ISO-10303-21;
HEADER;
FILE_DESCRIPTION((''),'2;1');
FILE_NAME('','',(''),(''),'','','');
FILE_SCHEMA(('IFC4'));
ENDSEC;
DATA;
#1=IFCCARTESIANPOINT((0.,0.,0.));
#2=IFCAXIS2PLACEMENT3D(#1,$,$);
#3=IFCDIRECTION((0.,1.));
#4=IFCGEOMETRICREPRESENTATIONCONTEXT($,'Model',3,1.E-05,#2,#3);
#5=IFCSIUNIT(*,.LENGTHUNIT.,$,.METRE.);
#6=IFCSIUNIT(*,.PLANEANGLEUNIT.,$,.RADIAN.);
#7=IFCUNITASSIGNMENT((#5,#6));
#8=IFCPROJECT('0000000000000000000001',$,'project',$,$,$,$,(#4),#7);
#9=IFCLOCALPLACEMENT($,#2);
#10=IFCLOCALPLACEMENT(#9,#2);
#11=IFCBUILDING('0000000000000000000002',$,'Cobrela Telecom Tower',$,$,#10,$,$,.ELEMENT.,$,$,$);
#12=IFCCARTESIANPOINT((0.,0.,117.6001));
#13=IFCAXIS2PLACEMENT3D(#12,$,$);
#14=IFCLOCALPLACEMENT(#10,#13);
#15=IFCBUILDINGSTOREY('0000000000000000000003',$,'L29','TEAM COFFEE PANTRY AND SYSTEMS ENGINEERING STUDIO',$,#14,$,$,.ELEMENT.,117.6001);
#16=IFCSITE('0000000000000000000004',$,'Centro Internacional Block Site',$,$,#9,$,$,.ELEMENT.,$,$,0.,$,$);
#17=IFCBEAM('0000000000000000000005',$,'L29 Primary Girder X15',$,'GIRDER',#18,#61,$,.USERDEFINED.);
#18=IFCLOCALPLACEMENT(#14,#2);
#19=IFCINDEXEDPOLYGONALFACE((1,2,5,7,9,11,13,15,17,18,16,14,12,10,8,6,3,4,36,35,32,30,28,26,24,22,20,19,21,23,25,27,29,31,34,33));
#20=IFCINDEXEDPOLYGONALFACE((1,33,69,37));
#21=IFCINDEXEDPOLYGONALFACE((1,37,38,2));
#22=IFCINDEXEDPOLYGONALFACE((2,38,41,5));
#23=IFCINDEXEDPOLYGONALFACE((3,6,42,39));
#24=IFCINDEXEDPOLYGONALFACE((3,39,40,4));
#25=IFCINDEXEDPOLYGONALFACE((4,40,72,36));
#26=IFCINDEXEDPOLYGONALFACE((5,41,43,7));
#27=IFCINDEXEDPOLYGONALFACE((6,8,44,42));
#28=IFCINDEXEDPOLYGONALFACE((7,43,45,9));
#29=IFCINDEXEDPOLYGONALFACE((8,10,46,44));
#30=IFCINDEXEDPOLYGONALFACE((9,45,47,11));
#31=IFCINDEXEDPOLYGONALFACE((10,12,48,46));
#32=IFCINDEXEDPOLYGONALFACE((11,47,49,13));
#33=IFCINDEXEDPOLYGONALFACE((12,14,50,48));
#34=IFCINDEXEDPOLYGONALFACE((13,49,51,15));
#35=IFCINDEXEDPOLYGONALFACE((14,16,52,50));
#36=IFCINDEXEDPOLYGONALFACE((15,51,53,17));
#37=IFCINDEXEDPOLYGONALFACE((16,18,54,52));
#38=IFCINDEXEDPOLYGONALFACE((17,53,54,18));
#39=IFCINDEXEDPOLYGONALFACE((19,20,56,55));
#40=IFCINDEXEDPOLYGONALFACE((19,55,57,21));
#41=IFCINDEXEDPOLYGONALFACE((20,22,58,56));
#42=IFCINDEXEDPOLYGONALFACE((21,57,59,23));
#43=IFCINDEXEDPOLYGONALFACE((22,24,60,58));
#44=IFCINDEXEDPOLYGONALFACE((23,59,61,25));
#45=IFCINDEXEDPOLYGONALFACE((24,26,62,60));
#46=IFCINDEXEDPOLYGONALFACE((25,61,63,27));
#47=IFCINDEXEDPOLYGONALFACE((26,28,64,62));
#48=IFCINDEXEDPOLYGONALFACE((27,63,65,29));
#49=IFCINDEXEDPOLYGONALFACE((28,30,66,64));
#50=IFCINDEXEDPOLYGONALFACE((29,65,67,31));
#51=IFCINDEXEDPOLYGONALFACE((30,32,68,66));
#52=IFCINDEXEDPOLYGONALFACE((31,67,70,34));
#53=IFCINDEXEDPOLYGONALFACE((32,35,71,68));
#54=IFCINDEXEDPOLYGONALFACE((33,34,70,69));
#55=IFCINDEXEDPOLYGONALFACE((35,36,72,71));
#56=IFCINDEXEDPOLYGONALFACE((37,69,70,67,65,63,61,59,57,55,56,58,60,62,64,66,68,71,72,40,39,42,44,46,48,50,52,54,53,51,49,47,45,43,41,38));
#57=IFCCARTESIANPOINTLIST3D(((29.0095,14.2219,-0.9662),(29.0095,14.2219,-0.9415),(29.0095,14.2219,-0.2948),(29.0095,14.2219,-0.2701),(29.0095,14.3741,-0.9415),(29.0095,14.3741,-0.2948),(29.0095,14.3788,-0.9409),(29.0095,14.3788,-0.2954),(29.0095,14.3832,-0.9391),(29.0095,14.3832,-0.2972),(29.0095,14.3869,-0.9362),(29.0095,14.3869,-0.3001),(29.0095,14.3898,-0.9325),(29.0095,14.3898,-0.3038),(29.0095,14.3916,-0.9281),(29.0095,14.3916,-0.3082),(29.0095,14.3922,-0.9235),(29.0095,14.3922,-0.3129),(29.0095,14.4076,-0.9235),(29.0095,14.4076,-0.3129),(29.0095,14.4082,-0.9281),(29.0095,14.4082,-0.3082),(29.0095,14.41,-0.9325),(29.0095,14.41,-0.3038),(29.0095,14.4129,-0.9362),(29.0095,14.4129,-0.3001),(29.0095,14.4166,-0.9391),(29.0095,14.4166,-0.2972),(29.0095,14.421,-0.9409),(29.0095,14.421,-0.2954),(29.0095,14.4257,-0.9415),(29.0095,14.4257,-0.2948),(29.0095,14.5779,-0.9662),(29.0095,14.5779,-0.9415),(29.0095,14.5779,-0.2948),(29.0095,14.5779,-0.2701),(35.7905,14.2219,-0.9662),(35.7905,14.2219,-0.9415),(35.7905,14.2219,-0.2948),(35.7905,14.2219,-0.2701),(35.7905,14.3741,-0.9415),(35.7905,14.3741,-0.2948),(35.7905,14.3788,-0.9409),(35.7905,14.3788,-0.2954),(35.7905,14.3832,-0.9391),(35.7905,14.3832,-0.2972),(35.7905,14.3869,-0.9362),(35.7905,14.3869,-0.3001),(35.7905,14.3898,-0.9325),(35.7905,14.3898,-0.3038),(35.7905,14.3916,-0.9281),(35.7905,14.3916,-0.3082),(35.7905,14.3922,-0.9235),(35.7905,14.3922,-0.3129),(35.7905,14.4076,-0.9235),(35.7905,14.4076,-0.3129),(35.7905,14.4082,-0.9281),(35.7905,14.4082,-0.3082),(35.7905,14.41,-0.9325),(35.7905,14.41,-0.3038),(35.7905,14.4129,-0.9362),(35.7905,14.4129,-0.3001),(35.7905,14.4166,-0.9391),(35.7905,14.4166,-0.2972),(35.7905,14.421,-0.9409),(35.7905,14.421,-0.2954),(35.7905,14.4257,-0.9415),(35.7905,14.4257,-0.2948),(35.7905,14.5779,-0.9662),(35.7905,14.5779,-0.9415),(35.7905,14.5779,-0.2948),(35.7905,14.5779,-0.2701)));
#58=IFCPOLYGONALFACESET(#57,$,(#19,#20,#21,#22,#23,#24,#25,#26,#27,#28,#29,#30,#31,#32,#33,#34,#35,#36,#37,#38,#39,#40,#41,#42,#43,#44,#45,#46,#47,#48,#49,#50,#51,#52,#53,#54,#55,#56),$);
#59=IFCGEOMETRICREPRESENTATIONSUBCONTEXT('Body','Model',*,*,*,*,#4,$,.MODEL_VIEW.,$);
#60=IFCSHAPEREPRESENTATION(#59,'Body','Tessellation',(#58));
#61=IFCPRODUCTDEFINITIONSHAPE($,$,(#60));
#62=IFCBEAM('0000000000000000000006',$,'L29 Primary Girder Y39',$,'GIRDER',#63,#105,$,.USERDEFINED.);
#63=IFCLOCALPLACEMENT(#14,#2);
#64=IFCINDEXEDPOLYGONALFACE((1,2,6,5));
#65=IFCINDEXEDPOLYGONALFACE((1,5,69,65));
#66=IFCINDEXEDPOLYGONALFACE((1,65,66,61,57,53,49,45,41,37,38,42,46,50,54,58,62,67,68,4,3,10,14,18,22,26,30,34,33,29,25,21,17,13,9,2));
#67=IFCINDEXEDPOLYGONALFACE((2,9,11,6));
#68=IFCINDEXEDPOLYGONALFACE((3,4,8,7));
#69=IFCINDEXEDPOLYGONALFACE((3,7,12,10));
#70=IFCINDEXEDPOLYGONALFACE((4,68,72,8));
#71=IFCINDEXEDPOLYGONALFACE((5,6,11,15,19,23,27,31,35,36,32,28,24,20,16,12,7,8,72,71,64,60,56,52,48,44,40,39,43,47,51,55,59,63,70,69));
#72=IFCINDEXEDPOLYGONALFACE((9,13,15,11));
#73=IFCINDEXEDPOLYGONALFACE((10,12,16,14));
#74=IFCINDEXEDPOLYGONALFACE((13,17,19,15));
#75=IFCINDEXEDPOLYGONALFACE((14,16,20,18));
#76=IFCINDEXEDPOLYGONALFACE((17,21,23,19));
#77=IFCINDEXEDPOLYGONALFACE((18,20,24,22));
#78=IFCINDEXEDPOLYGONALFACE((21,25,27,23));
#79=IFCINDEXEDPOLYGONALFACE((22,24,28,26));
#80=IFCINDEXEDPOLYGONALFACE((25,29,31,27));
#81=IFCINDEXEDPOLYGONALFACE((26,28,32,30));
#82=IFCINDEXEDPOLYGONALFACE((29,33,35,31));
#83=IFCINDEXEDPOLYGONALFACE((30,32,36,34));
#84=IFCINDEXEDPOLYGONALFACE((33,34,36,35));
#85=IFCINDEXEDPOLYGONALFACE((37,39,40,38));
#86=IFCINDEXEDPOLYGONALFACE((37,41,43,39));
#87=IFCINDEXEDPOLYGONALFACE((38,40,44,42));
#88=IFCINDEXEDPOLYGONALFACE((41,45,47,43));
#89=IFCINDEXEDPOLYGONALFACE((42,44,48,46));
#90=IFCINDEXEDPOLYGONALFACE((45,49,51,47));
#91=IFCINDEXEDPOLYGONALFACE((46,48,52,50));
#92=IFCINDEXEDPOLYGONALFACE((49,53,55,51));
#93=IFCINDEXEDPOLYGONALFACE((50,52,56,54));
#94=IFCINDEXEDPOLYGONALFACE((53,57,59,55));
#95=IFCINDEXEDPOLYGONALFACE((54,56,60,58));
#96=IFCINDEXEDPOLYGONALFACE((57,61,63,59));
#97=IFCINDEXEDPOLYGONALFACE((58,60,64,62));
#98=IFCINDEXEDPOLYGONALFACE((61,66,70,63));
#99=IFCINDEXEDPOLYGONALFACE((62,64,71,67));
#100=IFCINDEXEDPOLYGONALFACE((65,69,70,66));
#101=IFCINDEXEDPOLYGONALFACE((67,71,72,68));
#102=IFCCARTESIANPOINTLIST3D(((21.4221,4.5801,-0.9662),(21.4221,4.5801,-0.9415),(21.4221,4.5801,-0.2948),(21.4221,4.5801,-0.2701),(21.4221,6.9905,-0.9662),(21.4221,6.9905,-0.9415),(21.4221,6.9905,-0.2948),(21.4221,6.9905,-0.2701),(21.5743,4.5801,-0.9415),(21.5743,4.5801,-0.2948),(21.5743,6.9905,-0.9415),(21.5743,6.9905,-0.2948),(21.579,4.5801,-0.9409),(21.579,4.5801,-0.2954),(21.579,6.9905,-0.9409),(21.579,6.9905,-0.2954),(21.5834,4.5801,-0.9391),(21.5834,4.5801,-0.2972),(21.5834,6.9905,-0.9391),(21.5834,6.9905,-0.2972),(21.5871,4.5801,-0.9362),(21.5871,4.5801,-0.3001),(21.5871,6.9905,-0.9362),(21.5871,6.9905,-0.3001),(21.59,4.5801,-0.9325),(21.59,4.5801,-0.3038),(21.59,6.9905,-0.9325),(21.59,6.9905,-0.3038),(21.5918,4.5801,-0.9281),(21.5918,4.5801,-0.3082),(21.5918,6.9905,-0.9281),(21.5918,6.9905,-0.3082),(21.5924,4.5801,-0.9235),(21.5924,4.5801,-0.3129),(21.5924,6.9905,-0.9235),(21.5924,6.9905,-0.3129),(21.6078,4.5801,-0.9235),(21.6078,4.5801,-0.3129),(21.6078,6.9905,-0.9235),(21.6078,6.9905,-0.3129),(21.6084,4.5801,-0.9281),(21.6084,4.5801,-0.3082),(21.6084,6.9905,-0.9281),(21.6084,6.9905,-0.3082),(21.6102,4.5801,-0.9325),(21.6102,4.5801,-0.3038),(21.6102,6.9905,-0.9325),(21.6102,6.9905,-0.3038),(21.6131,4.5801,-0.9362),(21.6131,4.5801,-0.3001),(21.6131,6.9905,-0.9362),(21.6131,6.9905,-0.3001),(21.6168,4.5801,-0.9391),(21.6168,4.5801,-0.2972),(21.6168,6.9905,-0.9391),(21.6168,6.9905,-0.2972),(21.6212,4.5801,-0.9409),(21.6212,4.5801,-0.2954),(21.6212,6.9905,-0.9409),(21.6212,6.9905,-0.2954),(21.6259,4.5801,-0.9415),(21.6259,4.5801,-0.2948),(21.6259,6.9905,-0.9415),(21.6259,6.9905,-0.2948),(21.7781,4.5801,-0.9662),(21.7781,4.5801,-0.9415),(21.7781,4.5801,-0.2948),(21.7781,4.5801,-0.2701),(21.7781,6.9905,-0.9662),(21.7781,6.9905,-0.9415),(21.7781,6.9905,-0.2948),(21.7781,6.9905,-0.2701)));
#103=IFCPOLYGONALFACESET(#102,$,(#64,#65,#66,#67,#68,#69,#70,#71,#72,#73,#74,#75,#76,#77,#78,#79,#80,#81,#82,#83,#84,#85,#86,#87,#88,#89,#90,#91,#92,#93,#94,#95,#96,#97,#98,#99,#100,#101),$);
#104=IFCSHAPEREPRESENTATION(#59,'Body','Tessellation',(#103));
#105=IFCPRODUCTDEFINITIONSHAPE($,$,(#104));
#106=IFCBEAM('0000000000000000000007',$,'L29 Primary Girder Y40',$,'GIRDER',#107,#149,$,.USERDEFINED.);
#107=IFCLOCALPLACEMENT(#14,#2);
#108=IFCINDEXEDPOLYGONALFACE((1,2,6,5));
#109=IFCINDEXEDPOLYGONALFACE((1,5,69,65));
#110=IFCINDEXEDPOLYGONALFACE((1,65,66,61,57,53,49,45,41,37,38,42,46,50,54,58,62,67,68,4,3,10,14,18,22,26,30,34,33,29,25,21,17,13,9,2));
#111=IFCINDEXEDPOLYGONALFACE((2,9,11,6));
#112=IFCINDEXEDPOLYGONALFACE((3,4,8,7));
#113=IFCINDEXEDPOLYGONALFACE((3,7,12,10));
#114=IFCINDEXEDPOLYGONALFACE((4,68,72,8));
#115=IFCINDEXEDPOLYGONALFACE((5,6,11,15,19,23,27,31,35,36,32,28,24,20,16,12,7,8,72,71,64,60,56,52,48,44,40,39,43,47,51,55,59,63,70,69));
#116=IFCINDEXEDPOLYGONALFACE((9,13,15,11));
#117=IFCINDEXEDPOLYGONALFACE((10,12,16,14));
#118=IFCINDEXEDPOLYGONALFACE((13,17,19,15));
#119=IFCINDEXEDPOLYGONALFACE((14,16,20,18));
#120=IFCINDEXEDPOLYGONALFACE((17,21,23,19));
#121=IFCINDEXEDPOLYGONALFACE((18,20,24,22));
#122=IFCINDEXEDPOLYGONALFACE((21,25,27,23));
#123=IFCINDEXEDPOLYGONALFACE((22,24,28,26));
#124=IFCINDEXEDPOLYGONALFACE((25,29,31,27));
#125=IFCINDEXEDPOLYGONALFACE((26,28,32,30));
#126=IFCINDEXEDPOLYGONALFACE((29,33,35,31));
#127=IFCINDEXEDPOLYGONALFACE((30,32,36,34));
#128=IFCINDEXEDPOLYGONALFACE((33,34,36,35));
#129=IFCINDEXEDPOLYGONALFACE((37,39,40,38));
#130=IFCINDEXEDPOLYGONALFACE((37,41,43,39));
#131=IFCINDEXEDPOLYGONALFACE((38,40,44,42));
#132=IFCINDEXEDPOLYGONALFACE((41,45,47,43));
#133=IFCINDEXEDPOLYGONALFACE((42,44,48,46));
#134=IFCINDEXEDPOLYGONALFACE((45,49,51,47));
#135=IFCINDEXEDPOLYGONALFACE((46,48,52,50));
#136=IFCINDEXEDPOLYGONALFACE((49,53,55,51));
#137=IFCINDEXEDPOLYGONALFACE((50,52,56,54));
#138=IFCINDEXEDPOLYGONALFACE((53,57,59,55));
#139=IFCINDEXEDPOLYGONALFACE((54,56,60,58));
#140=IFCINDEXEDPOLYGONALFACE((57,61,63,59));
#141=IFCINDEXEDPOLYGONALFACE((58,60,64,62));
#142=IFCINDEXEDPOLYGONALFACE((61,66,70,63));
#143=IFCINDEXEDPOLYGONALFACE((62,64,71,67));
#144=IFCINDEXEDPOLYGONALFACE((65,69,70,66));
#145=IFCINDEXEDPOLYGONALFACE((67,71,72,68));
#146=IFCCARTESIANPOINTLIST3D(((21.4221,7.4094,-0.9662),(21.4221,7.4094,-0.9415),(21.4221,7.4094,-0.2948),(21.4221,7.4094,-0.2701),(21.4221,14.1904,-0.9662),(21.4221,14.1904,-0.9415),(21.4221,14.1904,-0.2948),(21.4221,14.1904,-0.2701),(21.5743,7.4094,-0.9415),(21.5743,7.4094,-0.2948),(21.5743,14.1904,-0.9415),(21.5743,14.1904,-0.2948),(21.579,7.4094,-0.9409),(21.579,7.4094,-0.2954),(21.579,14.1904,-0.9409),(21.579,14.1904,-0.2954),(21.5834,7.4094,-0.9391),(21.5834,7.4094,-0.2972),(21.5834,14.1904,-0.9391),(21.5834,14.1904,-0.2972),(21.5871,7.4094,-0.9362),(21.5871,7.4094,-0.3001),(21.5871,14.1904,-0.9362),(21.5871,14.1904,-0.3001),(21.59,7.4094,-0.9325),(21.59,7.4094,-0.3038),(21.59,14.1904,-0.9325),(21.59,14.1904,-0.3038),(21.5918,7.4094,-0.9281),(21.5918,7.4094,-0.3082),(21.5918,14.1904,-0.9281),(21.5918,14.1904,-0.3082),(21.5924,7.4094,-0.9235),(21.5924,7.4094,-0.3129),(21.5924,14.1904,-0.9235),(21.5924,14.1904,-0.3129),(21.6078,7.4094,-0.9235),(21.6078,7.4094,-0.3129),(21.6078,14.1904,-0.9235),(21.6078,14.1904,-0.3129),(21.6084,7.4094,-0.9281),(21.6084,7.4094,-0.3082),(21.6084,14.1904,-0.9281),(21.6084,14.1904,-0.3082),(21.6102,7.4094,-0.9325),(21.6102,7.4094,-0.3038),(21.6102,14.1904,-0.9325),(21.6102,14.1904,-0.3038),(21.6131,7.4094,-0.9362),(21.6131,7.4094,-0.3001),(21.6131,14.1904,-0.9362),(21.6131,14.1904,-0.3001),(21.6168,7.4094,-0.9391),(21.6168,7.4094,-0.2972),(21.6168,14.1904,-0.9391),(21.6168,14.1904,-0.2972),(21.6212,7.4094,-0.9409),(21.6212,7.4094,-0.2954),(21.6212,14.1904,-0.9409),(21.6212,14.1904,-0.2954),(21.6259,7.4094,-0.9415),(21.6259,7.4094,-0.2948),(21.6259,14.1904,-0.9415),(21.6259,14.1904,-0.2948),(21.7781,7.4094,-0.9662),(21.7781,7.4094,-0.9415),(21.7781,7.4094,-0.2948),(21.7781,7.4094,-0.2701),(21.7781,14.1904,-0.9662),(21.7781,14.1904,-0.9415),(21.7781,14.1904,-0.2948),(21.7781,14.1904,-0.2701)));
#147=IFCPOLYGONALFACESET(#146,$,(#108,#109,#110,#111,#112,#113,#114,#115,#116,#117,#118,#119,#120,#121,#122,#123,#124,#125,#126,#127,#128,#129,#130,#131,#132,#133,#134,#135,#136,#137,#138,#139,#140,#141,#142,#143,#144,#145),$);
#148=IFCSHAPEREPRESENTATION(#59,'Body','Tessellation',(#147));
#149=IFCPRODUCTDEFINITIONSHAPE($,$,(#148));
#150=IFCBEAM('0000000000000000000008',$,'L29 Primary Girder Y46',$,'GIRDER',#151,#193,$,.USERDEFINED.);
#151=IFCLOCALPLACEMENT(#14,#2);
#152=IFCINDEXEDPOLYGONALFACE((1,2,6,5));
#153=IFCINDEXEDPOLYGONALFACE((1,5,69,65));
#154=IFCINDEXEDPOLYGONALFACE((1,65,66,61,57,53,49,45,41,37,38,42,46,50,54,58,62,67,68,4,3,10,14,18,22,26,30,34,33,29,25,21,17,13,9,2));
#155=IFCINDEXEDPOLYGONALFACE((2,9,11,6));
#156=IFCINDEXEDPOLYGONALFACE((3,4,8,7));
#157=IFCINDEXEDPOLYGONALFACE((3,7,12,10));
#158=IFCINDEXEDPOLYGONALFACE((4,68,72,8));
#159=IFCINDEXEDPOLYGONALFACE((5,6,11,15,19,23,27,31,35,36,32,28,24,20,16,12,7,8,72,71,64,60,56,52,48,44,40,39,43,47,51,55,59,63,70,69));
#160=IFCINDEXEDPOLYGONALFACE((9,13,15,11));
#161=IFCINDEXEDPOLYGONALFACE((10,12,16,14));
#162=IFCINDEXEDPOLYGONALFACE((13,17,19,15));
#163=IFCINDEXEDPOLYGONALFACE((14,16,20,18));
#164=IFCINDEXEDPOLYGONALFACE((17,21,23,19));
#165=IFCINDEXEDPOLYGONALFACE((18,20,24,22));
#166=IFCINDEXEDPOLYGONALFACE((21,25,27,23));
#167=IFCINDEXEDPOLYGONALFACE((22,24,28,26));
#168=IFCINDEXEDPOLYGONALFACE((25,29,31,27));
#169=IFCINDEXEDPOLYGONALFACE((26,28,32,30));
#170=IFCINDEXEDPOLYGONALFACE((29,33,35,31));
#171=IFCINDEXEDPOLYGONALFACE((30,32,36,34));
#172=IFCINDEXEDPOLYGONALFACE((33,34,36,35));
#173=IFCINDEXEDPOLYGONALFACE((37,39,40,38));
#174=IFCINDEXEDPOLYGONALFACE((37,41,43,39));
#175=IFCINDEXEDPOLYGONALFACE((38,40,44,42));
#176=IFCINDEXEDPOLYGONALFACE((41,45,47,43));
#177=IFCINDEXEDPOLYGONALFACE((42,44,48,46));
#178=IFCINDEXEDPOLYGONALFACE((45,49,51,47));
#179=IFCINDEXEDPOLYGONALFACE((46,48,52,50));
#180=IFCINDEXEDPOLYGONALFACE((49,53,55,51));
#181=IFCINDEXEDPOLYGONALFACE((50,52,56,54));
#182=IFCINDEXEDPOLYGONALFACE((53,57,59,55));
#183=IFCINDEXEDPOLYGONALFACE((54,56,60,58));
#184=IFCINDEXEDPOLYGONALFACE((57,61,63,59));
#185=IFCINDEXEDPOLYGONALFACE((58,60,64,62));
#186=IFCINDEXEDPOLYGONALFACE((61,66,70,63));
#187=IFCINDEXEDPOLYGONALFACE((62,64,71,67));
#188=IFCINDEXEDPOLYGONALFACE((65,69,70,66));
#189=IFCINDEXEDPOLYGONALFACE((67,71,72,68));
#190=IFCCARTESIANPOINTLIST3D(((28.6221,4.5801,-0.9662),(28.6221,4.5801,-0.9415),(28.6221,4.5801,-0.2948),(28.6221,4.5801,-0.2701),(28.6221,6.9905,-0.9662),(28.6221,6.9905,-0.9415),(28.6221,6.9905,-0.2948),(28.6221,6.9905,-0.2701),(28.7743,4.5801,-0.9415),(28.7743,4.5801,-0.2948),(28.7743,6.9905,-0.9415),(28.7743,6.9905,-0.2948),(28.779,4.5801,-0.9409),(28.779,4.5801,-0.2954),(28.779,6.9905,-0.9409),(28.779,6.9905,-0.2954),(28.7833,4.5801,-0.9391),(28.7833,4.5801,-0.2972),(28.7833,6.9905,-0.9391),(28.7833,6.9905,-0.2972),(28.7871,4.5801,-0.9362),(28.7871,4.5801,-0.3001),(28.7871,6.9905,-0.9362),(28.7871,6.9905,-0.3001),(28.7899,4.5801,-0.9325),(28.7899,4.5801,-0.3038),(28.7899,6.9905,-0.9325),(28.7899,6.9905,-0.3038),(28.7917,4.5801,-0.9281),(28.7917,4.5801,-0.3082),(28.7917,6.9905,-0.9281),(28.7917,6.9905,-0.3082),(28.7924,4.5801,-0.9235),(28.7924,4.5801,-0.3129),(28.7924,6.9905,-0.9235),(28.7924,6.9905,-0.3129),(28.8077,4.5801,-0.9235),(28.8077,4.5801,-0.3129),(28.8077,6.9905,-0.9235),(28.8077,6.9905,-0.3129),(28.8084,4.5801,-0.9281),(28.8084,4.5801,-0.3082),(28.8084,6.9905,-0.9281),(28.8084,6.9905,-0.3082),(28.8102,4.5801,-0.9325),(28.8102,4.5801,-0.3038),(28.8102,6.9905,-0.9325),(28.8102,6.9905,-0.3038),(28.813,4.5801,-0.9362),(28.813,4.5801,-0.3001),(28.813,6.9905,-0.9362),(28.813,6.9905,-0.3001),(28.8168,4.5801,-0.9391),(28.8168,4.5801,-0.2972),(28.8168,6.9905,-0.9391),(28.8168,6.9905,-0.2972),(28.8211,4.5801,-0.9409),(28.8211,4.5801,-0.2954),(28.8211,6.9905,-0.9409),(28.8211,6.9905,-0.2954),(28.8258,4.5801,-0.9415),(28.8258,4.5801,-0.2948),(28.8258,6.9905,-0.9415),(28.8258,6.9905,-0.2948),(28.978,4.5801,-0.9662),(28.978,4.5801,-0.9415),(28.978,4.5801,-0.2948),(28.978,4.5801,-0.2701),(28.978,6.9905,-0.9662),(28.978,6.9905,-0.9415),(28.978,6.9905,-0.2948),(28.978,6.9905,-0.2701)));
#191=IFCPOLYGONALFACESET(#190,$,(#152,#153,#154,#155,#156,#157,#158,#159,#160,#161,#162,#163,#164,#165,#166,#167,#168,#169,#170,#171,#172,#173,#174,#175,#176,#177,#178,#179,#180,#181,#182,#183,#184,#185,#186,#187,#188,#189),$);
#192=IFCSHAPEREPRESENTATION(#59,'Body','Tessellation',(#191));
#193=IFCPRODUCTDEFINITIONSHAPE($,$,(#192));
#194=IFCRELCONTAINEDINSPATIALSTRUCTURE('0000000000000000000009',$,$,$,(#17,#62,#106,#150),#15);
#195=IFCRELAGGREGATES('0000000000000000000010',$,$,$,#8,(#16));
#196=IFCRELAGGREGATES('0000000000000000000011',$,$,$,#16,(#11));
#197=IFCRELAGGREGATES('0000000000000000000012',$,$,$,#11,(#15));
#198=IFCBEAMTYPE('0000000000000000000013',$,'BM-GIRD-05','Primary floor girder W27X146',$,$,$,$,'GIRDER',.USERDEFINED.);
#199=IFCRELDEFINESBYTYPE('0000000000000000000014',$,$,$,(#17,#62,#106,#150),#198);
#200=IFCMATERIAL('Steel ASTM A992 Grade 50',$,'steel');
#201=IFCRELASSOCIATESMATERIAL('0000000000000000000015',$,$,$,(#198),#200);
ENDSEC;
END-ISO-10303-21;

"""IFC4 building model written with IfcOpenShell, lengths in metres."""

from ifc_helpers import new_model, si_unit, direction, frame, origin, origin_2d, place, context, subcontext, project, spatial, i_section, extrude, material, material_profile, profile_set, type_object, element, save


model = new_model("IFC4")

# Units and contexts
model_context = context("Model", 3, precision=1e-05, world=origin(), true_north=direction((0.0, 1.0)))
body_context = subcontext(model_context, "Body", "Model", "MODEL_VIEW")
ifc_project = project(units=[si_unit("LENGTHUNIT", "METRE"), si_unit("PLANEANGLEUNIT", "RADIAN")], contexts=[model_context])

# Site, building, storey
site_placement = place(None, origin())
site = spatial("IfcSite", under=ifc_project, at=site_placement, Name="Centro Internacional Block Site", CompositionType="ELEMENT", RefElevation=0.0)
building_placement = place(site_placement, origin())
building = spatial("IfcBuilding", under=site, at=building_placement, Name="Cobrela Telecom Tower", CompositionType="ELEMENT")
storey_placement = place(building_placement, frame((0.0, 0.0, 117.6001)))
storey = spatial("IfcBuildingStorey", under=building, at=storey_placement, Name="L29", Description="TEAM COFFEE PANTRY AND SYSTEMS ENGINEERING STUDIO", CompositionType="ELEMENT", Elevation=117.6001)

# Shared definitions
ifc_material_1 = material(Name="Steel ASTM A992 Grade 50", Category="steel")

# Beams
ifc_material_profile_1 = material_profile(ifc_material_1, i_section(OverallWidth=0.356, OverallDepth=0.696, WebThickness=0.0154, FlangeThickness=0.0247, FilletRadius=0.0181, at=origin_2d()), Name="W27X146")
ifc_profile_set_1 = profile_set([ifc_material_profile_1], Name="Steel ASTM A992 Grade 50")
beam_type_1 = type_object("IfcBeamType", Name="BM-GIRD-05", Description="Primary floor girder W27X146", ElementType="GIRDER", PredefinedType="USERDEFINED", material=ifc_profile_set_1)
for number, where, z_axis, x_axis, name in (
    (1, (29.0095, 14.3999, -0.6182), (1.0, 0.0, 0.0), (0.0, 1.0, 0.0), "L29 Primary Girder X15"),
):
    element("IfcBeam", number, at=place(storey_placement, frame(where, z_axis=z_axis, x_axis=x_axis)), inside=storey, type_object=beam_type_1, Name=name, ObjectType="GIRDER", PredefinedType="USERDEFINED", context=body_context, shape_type="SweptSolid", body=[
        extrude(i_section(OverallWidth=0.356, OverallDepth=0.696, WebThickness=0.0154, FlangeThickness=0.0247, FilletRadius=0.0181, at=origin_2d()), origin(), (0.0, 0.0, 1.0), 6.781),
    ])
beam_1_placement = place(storey_placement, frame((21.6001, 4.5801, -0.6182), z_axis=(0.0, 1.0, 0.0), x_axis=(-1.0, 0.0, 0.0)))
element("IfcBeam", 2, at=beam_1_placement, inside=storey, type_object=beam_type_1, Name="L29 Primary Girder Y39", ObjectType="GIRDER", PredefinedType="USERDEFINED", context=body_context, shape_type="SweptSolid", body=[
    extrude(i_section(OverallWidth=0.356, OverallDepth=0.696, WebThickness=0.0154, FlangeThickness=0.0247, FilletRadius=0.0181, at=origin_2d()), origin(), (0.0, 0.0, 1.0), 2.4104),
])
beam_2_placement = place(storey_placement, frame((21.6001, 7.4094, -0.6182), z_axis=(0.0, 1.0, 0.0), x_axis=(-1.0, 0.0, 0.0)))
element("IfcBeam", 3, at=beam_2_placement, inside=storey, type_object=beam_type_1, Name="L29 Primary Girder Y40", ObjectType="GIRDER", PredefinedType="USERDEFINED", context=body_context, shape_type="SweptSolid", body=[
    extrude(i_section(OverallWidth=0.356, OverallDepth=0.696, WebThickness=0.0154, FlangeThickness=0.0247, FilletRadius=0.0181, at=origin_2d()), origin(), (0.0, 0.0, 1.0), 6.781),
])
beam_3_placement = place(storey_placement, frame((28.8, 4.5801, -0.6182), z_axis=(0.0, 1.0, 0.0), x_axis=(-1.0, 0.0, 0.0)))
element("IfcBeam", 4, at=beam_3_placement, inside=storey, type_object=beam_type_1, Name="L29 Primary Girder Y46", ObjectType="GIRDER", PredefinedType="USERDEFINED", context=body_context, shape_type="SweptSolid", body=[
    extrude(i_section(OverallWidth=0.356, OverallDepth=0.696, WebThickness=0.0154, FlangeThickness=0.0247, FilletRadius=0.0181, at=origin_2d()), origin(), (0.0, 0.0, 1.0), 2.4104),
])

save(model, "model.ifc")
